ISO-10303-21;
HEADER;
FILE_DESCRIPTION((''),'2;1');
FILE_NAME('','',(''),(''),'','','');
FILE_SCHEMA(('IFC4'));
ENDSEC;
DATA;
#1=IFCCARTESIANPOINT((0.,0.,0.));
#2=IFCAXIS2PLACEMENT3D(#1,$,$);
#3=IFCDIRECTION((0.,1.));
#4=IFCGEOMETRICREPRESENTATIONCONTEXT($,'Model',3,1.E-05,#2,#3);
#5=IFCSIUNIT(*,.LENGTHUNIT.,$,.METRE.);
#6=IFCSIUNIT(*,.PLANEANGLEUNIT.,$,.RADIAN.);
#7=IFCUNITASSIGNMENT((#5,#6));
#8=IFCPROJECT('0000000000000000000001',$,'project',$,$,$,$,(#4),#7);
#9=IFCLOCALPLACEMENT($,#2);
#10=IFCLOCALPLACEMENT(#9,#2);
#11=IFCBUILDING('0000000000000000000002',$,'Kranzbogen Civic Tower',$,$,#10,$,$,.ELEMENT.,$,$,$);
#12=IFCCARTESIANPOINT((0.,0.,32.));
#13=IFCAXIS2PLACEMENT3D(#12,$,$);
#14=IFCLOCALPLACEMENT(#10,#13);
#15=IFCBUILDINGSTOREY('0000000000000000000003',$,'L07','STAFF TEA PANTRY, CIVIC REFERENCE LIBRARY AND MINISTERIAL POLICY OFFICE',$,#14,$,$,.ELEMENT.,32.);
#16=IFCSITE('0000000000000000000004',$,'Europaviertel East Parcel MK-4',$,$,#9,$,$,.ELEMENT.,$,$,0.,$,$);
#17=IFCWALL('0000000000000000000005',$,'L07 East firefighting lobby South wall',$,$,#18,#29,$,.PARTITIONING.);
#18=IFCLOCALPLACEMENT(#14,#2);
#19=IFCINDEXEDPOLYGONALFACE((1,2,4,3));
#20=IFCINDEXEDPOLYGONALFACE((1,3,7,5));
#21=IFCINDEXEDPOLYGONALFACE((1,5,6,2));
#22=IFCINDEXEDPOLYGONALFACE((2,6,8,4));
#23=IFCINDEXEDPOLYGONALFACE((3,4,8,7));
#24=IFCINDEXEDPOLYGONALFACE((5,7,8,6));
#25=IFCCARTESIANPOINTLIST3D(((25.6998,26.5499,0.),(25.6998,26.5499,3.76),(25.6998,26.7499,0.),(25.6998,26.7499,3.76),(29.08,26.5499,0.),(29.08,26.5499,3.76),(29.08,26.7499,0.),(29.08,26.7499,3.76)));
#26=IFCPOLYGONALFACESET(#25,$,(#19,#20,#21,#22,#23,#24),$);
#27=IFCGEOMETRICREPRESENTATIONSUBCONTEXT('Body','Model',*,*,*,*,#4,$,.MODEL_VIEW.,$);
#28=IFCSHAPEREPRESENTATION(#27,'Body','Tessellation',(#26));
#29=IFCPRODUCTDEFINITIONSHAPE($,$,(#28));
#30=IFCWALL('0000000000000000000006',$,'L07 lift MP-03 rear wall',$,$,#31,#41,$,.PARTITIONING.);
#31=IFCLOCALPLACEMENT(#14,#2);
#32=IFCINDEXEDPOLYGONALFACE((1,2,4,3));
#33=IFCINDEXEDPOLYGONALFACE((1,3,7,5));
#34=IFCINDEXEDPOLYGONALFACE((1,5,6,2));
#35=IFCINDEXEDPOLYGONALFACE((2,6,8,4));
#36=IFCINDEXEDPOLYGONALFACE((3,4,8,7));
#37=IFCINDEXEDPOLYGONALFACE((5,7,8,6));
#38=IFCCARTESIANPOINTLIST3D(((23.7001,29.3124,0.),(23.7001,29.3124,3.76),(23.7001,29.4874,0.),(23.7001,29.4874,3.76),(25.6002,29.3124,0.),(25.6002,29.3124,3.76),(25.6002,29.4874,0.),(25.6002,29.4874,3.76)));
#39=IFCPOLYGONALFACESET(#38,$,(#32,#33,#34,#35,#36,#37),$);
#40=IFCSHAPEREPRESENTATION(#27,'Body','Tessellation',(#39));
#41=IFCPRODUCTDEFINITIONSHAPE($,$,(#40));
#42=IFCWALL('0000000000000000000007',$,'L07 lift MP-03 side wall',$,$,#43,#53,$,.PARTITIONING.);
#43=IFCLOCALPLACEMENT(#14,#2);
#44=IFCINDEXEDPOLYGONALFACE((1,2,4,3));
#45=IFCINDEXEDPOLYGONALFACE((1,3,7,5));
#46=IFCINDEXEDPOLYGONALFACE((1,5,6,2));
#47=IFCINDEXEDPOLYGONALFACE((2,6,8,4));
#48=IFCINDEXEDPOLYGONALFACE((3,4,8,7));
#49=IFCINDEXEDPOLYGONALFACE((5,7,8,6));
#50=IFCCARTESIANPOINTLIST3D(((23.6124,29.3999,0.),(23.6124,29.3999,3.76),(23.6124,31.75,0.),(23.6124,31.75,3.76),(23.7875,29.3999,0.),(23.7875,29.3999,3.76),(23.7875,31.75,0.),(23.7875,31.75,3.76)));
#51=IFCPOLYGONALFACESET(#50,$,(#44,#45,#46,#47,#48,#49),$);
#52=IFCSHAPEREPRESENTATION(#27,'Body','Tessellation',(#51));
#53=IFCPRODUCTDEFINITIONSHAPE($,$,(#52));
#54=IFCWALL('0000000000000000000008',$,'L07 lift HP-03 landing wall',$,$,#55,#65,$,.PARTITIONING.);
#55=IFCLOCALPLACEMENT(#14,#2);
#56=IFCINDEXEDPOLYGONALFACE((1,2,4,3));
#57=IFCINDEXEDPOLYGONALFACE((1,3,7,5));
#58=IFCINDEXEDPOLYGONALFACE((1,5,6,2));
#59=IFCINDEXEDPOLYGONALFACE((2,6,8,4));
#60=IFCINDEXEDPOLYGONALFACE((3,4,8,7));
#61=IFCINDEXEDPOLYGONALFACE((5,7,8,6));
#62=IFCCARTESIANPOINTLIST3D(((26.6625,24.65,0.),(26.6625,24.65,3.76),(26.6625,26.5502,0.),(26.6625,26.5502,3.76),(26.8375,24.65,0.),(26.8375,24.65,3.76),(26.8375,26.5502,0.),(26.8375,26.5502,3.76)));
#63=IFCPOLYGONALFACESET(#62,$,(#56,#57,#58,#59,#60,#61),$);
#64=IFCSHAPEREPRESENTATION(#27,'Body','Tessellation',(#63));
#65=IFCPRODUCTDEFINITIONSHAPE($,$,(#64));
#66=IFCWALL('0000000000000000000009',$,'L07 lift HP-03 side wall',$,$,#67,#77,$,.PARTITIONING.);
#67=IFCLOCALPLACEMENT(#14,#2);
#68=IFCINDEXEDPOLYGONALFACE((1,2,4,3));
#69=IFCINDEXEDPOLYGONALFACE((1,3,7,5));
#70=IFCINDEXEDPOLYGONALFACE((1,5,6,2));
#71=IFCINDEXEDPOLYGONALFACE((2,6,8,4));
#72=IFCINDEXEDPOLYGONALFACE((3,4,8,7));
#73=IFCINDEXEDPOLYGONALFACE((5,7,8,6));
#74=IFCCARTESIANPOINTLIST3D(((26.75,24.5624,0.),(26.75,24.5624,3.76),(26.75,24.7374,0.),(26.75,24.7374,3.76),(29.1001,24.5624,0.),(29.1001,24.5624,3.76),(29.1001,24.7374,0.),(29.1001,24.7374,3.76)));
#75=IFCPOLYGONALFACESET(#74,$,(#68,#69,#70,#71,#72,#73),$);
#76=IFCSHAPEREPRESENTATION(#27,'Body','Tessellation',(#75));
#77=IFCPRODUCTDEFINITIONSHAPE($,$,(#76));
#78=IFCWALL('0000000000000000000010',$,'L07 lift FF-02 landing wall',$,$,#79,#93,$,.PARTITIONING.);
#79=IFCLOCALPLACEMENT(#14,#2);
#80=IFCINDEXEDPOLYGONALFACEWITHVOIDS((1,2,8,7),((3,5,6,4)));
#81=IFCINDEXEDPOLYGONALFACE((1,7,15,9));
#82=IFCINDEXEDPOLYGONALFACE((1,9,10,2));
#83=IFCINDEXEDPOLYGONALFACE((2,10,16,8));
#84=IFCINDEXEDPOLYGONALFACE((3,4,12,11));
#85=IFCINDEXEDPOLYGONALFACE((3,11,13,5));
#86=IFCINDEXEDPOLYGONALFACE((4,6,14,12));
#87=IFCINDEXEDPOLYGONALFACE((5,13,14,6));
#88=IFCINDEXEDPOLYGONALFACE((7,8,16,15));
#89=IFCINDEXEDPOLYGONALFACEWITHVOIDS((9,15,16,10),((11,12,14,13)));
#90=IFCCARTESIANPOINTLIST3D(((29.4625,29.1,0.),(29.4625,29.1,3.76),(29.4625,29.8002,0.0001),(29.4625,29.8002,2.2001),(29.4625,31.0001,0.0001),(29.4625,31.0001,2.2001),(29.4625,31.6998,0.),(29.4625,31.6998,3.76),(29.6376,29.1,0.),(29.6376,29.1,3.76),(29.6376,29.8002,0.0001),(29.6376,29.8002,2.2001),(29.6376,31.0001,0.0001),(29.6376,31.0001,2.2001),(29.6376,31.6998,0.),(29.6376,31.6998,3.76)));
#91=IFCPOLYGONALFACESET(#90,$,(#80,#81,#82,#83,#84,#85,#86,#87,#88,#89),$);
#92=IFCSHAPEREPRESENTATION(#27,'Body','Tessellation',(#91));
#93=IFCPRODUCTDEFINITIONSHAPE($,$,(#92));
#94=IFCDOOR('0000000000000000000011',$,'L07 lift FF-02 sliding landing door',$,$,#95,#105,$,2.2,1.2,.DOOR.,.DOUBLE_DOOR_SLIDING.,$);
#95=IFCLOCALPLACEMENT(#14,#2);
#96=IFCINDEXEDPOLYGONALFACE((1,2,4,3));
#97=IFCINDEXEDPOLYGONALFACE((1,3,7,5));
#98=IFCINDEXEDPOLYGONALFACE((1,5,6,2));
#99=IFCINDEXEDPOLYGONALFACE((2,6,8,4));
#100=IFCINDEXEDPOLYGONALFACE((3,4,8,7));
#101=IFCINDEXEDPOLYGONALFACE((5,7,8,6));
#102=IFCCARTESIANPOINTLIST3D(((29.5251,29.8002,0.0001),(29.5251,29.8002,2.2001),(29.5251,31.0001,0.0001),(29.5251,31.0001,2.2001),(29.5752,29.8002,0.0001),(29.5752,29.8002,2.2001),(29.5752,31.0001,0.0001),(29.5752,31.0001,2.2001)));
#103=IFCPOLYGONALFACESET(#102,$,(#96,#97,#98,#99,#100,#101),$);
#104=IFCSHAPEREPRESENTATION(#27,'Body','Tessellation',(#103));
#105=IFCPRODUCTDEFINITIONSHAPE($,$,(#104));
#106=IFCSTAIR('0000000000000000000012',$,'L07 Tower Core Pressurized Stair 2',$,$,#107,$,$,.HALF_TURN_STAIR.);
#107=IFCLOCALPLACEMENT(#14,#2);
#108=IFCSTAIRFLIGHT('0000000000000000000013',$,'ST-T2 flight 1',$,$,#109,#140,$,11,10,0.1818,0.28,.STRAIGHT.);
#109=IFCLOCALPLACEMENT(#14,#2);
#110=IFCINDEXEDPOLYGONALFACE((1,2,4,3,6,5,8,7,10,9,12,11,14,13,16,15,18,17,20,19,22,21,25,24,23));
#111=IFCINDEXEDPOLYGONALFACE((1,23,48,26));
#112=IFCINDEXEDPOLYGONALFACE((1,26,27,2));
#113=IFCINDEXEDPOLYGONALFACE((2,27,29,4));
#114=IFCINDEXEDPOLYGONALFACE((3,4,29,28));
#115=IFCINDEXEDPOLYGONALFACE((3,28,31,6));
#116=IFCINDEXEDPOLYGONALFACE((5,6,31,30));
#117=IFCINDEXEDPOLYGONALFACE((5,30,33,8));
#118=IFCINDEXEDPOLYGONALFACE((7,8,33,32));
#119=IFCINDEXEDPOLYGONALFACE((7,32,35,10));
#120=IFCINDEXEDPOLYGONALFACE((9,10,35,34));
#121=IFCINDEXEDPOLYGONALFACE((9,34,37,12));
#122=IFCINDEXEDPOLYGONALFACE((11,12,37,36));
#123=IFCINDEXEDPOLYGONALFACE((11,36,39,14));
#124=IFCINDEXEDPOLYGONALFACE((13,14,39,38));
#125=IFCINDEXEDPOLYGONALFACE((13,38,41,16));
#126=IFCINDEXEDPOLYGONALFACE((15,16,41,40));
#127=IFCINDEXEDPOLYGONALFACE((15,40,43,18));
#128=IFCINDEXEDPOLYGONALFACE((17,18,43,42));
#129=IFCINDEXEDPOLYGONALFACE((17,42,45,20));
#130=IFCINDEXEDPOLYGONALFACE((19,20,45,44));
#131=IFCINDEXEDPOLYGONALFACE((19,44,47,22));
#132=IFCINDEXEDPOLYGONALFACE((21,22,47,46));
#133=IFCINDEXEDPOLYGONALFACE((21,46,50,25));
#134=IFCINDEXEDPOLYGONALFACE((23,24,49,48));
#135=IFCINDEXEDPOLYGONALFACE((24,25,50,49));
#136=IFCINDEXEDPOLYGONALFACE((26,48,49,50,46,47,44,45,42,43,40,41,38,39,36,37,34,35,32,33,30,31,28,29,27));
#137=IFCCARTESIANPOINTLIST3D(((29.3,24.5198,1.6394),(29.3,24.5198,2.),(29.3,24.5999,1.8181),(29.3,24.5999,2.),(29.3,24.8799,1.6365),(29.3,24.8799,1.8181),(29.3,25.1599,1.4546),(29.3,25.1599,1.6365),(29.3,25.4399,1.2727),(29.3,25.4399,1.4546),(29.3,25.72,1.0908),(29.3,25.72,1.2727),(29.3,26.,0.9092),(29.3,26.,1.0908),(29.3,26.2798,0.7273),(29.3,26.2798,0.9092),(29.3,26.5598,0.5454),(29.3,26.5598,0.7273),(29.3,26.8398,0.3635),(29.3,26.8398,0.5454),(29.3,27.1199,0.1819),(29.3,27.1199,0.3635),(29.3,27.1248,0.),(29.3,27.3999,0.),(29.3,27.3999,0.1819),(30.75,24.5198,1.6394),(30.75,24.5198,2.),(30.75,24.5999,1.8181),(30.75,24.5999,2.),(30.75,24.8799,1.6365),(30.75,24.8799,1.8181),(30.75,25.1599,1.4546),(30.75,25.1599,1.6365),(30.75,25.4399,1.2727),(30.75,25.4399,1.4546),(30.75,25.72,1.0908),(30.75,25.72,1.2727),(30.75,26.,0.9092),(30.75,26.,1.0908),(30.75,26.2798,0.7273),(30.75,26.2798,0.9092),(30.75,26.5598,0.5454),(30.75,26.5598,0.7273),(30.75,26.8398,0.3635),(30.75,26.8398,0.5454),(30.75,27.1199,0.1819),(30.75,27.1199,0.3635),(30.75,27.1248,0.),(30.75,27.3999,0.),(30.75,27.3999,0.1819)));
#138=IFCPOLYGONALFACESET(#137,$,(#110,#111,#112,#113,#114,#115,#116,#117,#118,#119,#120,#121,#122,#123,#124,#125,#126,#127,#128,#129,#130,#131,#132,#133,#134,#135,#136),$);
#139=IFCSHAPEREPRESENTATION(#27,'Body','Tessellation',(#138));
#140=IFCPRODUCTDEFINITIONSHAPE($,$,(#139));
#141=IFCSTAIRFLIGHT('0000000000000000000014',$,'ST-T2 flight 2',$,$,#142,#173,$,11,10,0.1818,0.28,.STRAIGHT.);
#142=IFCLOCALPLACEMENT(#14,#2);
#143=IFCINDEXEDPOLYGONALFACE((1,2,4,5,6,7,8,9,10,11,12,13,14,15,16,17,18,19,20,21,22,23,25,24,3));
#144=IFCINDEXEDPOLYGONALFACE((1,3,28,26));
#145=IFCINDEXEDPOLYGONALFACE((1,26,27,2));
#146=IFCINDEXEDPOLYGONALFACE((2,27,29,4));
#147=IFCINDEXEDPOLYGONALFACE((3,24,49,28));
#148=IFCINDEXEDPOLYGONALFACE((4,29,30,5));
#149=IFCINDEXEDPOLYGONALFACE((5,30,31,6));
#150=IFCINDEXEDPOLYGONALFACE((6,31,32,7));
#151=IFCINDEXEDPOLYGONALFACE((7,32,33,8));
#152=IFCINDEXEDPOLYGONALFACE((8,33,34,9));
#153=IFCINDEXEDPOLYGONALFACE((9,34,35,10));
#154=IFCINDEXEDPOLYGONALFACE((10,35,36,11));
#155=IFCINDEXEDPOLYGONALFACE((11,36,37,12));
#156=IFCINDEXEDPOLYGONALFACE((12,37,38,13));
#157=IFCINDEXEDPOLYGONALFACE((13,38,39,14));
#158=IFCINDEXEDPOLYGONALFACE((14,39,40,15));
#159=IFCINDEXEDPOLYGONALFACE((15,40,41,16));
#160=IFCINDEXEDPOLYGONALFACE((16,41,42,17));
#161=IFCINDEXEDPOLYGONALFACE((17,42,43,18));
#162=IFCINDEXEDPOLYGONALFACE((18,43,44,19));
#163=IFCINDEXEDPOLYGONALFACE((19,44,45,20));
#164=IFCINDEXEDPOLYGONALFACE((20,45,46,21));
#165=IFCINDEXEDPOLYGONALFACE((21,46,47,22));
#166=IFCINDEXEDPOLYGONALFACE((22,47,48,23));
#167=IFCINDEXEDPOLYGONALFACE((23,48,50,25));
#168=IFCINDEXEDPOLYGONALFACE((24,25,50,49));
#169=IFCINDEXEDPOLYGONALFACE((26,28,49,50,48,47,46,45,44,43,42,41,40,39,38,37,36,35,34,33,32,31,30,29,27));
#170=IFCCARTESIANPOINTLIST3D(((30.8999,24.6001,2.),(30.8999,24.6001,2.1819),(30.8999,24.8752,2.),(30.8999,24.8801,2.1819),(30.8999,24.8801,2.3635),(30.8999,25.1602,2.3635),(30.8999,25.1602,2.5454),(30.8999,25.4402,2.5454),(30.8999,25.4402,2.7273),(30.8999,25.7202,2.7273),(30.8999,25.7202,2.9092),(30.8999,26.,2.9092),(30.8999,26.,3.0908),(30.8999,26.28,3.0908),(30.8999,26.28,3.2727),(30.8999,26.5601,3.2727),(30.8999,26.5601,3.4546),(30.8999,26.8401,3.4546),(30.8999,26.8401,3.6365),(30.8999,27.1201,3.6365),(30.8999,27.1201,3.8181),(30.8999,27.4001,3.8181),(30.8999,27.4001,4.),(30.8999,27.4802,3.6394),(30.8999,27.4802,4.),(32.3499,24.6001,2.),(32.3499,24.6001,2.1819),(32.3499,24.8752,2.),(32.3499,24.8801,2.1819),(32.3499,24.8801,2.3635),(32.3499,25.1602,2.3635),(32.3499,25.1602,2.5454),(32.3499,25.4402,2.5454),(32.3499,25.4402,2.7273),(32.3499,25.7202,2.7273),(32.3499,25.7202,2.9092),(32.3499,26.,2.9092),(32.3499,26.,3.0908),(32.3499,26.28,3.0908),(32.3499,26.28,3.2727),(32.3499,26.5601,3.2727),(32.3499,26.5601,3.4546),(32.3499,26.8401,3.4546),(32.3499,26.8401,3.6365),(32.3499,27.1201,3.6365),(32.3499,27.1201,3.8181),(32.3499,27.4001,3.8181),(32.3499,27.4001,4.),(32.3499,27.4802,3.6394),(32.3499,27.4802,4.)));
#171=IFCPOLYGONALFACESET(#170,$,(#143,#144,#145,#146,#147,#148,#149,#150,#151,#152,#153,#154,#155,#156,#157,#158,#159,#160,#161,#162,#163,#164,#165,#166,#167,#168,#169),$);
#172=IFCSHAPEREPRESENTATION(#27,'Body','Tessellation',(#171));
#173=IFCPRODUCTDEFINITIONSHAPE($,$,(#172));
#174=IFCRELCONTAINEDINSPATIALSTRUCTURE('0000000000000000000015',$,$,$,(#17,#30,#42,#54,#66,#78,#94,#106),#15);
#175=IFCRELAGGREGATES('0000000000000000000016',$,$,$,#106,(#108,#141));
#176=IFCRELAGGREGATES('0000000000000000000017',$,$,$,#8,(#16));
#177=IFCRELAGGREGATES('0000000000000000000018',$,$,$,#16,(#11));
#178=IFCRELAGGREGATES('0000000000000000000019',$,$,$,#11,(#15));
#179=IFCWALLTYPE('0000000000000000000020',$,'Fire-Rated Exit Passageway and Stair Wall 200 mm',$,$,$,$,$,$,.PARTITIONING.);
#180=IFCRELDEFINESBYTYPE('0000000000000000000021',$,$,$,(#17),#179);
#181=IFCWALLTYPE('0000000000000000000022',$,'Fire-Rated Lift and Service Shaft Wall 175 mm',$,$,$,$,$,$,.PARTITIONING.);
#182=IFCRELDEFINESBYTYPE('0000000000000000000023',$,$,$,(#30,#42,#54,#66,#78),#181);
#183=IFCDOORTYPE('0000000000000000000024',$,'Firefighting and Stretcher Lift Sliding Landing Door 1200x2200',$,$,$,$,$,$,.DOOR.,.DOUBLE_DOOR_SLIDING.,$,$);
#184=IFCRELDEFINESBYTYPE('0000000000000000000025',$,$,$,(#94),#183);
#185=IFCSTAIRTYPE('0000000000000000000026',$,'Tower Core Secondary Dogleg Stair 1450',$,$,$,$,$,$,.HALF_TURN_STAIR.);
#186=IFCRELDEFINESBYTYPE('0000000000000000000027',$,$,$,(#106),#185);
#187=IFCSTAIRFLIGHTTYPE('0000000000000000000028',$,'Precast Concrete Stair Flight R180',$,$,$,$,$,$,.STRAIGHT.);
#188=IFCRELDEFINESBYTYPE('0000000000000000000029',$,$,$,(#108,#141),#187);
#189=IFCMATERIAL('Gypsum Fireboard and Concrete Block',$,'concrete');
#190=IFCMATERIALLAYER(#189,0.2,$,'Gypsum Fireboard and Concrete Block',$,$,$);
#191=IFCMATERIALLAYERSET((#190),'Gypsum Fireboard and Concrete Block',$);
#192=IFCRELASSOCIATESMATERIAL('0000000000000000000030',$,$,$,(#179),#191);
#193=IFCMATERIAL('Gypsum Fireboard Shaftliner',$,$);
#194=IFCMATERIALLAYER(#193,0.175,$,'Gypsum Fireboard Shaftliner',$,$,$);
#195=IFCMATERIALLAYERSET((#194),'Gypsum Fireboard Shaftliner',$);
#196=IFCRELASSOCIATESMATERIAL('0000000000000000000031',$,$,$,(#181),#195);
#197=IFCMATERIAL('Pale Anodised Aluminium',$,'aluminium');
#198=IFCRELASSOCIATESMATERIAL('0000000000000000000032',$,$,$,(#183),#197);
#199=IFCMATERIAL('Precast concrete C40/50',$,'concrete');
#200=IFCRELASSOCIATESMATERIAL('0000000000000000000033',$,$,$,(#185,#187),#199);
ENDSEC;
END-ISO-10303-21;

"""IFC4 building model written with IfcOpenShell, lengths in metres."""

from ifc_helpers import new_model, si_unit, direction, frame, frame_2d, origin, place, context, subcontext, project, spatial, polyline, rectangle, outline, extrude, material, layer, layer_set, type_object, element, fill, aggregate, save


model = new_model("IFC4")

# Units and contexts
model_context = context("Model", 3, precision=1e-05, world=origin(), true_north=direction((0.0, 1.0)))
body_context = subcontext(model_context, "Body", "Model", "MODEL_VIEW")
ifc_project = project(units=[si_unit("LENGTHUNIT", "METRE"), si_unit("PLANEANGLEUNIT", "RADIAN")], contexts=[model_context])

# Site, building, storey
site_placement = place(None, origin())
site = spatial("IfcSite", under=ifc_project, at=site_placement, Name="Europaviertel East Parcel MK-4", CompositionType="ELEMENT", RefElevation=0.0)
building_placement = place(site_placement, origin())
building = spatial("IfcBuilding", under=site, at=building_placement, Name="Kranzbogen Civic Tower", CompositionType="ELEMENT")
storey_placement = place(building_placement, frame((0.0, 0.0, 32.0)))
storey = spatial("IfcBuildingStorey", under=building, at=storey_placement, Name="L07", Description="STAFF TEA PANTRY, CIVIC REFERENCE LIBRARY AND MINISTERIAL POLICY OFFICE", CompositionType="ELEMENT", Elevation=32.0)

# Shared definitions
ifc_material_1 = material(Name="Pale Anodised Aluminium", Category="aluminium")

# Walls
ifc_material_2 = material(Name="Gypsum Fireboard and Concrete Block", Category="concrete")
ifc_layer_1 = layer(ifc_material_2, 0.2, Name="Gypsum Fireboard and Concrete Block")
ifc_layer_set_1 = layer_set([ifc_layer_1], Name="Gypsum Fireboard and Concrete Block")
wall_type_1 = type_object("IfcWallType", Name="Fire-Rated Exit Passageway and Stair Wall 200 mm", PredefinedType="PARTITIONING", material=ifc_layer_set_1)
wall_1_placement = place(storey_placement, frame((25.7, 26.6499, 0.0), z_axis=(0.0, 0.0, 1.0), x_axis=(1.0, 0.0, 0.0)))
element("IfcWall", 1, at=wall_1_placement, inside=storey, type_object=wall_type_1, Name="L07 East firefighting lobby South wall", PredefinedType="PARTITIONING", context=body_context, shape_type="SweptSolid", body=[
    extrude(rectangle(XDim=3.3801, YDim=0.2, at=frame_2d((1.6899, 0.0))), origin(), (0.0, 0.0, 1.0), 3.76),
])
ifc_material_3 = material(Name="Gypsum Fireboard Shaftliner")
ifc_layer_2 = layer(ifc_material_3, 0.175, Name="Gypsum Fireboard Shaftliner")
ifc_layer_set_2 = layer_set([ifc_layer_2], Name="Gypsum Fireboard Shaftliner")
wall_type_2 = type_object("IfcWallType", Name="Fire-Rated Lift and Service Shaft Wall 175 mm", PredefinedType="PARTITIONING", material=ifc_layer_set_2)
wall_2_placement = place(storey_placement, frame((23.7, 29.3999, 0.0), z_axis=(0.0, 0.0, 1.0), x_axis=(1.0, 0.0, 0.0)))
element("IfcWall", 2, at=wall_2_placement, inside=storey, type_object=wall_type_2, Name="L07 lift MP-03 rear wall", PredefinedType="PARTITIONING", context=body_context, shape_type="SweptSolid", body=[
    extrude(rectangle(XDim=1.9001, YDim=0.175, at=frame_2d((0.9502, 0.0))), origin(), (0.0, 0.0, 1.0), 3.76),
])
wall_3_placement = place(storey_placement, frame((23.7, 29.3999, 0.0), z_axis=(0.0, 0.0, 1.0), x_axis=(0.0, 1.0, 0.0)))
element("IfcWall", 3, at=wall_3_placement, inside=storey, type_object=wall_type_2, Name="L07 lift MP-03 side wall", PredefinedType="PARTITIONING", context=body_context, shape_type="SweptSolid", body=[
    extrude(rectangle(XDim=2.3501, YDim=0.175, at=frame_2d((1.175, 0.0))), origin(), (0.0, 0.0, 1.0), 3.76),
])
wall_4_placement = place(storey_placement, frame((26.75, 24.6499, 0.0), z_axis=(0.0, 0.0, 1.0), x_axis=(0.0, 1.0, 0.0)))
element("IfcWall", 4, at=wall_4_placement, inside=storey, type_object=wall_type_2, Name="L07 lift HP-03 landing wall", PredefinedType="PARTITIONING", context=body_context, shape_type="SweptSolid", body=[
    extrude(rectangle(XDim=1.9001, YDim=0.175, at=frame_2d((0.9502, 0.0))), origin(), (0.0, 0.0, 1.0), 3.76),
])
wall_5_placement = place(storey_placement, frame((26.75, 24.6499, 0.0), z_axis=(0.0, 0.0, 1.0), x_axis=(1.0, 0.0, 0.0)))
element("IfcWall", 5, at=wall_5_placement, inside=storey, type_object=wall_type_2, Name="L07 lift HP-03 side wall", PredefinedType="PARTITIONING", context=body_context, shape_type="SweptSolid", body=[
    extrude(rectangle(XDim=2.3501, YDim=0.175, at=frame_2d((1.175, 0.0))), origin(), (0.0, 0.0, 1.0), 3.76),
])

# Wall, opening, door
wall_6_placement = place(storey_placement, frame((29.55, 29.1001, 0.0), z_axis=(0.0, 0.0, 1.0), x_axis=(0.0, 1.0, 0.0)))
wall_6 = element("IfcWall", 6, at=wall_6_placement, inside=storey, type_object=wall_type_2, Name="L07 lift FF-02 landing wall", PredefinedType="PARTITIONING", context=body_context, shape_type="SweptSolid", body=[
    extrude(rectangle(XDim=2.5999, YDim=0.175, at=frame_2d((1.2998, 0.0))), origin(), (0.0, 0.0, 1.0), 3.76),
])
opening_1_placement = place(wall_6_placement, frame((0.7, 0.0, 0.0)))
opening_1 = element("IfcOpeningElement", 7, at=opening_1_placement, cuts=wall_6, PredefinedType="OPENING", context=body_context, shape_type="SweptSolid", body=[
    extrude(rectangle(XDim=1.2, YDim=2.2, at=frame_2d((0.6001, 1.1001))), frame((0.0, 0.0977, 0.0), z_axis=(0.0, -1.0, 0.0), x_axis=(1.0, 0.0, 0.0)), (0.0, 0.0, 1.0), 0.1951),
])
door_type_1 = type_object("IfcDoorType", Name="Firefighting and Stretcher Lift Sliding Landing Door 1200x2200", OperationType="DOUBLE_DOOR_SLIDING", PredefinedType="DOOR", material=ifc_material_1)
door_1_placement = place(opening_1_placement, origin())
door_1 = element("IfcDoor", 8, at=door_1_placement, inside=storey, type_object=door_type_1, Name="L07 lift FF-02 sliding landing door", OperationType="DOUBLE_DOOR_SLIDING", OverallHeight=2.2, OverallWidth=1.2, PredefinedType="DOOR", context=body_context, shape_type="SweptSolid", body=[
    extrude(rectangle(XDim=1.2, YDim=2.2, at=frame_2d((0.6001, 1.1001))), frame((0.0, 0.0249, 0.0), z_axis=(0.0, -1.0, 0.0), x_axis=(1.0, 0.0, 0.0)), (0.0, 0.0, 1.0), 0.05),
])
fill(opening_1, door_1)

# Stair, stair flights
ifc_material_4 = material(Name="Precast concrete C40/50", Category="concrete")
stair_type = type_object("IfcStairType", Name="Tower Core Secondary Dogleg Stair 1450", PredefinedType="HALF_TURN_STAIR", material=ifc_material_4)
stair_placement = place(storey_placement, origin())
stair = element("IfcStair", 9, at=stair_placement, inside=storey, type_object=stair_type, Name="L07 Tower Core Pressurized Stair 2", PredefinedType="HALF_TURN_STAIR")
stair_flight_type = type_object("IfcStairFlightType", Name="Precast Concrete Stair Flight R180", PredefinedType="STRAIGHT", material=ifc_material_4)
stair_flight_1_placement = place(storey_placement, frame((30.0249, 27.3999, 0.0), z_axis=(0.0, 0.0, 1.0), x_axis=(0.0, -1.0, 0.0)))
stair_flight_1 = element("IfcStairFlight", 10, at=stair_flight_1_placement, type_object=stair_flight_type, Name="ST-T2 flight 1", NumberOfRisers=11, NumberOfTreads=10, PredefinedType="STRAIGHT", RiserHeight=0.1818, TreadLength=0.28, context=body_context, shape_type="SweptSolid", body=[
    extrude(outline(polyline([(0.0, 0.0), (0.0, 0.1819), (0.28, 0.1819), (0.28, 0.3635), (0.5601, 0.3635), (0.5601, 0.5454), (0.8401, 0.5454), (0.8401, 0.7273), (1.1201, 0.7273), (1.1201, 0.9092), (1.3999, 0.9092), (1.3999, 1.0908), (1.6799, 1.0908), (1.6799, 1.2727), (1.96, 1.2727), (1.96, 1.4546), (2.24, 1.4546), (2.24, 1.6365), (2.52, 1.6365), (2.52, 1.8181), (2.8, 1.8181), (2.8, 2.0), (2.8801, 2.0), (2.8801, 1.6394), (0.2751, 0.0), (0.0, 0.0)])), frame((0.0, 0.7251, 0.0), z_axis=(0.0, -1.0, 0.0), x_axis=(1.0, 0.0, 0.0)), (0.0, 0.0, 1.0), 1.45),
])
stair_flight_2_placement = place(storey_placement, frame((31.625, 24.6001, 2.0), z_axis=(0.0, 0.0, 1.0), x_axis=(0.0, 1.0, 0.0)))
stair_flight_2 = element("IfcStairFlight", 11, at=stair_flight_2_placement, type_object=stair_flight_type, Name="ST-T2 flight 2", NumberOfRisers=11, NumberOfTreads=10, PredefinedType="STRAIGHT", RiserHeight=0.1818, TreadLength=0.28, context=body_context, shape_type="SweptSolid", body=[
    extrude(outline(polyline([(0.0, 0.0), (0.0, 0.1819), (0.28, 0.1819), (0.28, 0.3635), (0.5601, 0.3635), (0.5601, 0.5454), (0.8401, 0.5454), (0.8401, 0.7273), (1.1201, 0.7273), (1.1201, 0.9092), (1.3999, 0.9092), (1.3999, 1.0908), (1.6799, 1.0908), (1.6799, 1.2727), (1.96, 1.2727), (1.96, 1.4546), (2.24, 1.4546), (2.24, 1.6365), (2.52, 1.6365), (2.52, 1.8181), (2.8, 1.8181), (2.8, 2.0), (2.8801, 2.0), (2.8801, 1.6394), (0.2751, 0.0), (0.0, 0.0)])), frame((0.0, 0.7251, 0.0), z_axis=(0.0, -1.0, 0.0), x_axis=(1.0, 0.0, 0.0)), (0.0, 0.0, 1.0), 1.45),
])
aggregate(stair, [stair_flight_1, stair_flight_2])

save(model, "model.ifc")
